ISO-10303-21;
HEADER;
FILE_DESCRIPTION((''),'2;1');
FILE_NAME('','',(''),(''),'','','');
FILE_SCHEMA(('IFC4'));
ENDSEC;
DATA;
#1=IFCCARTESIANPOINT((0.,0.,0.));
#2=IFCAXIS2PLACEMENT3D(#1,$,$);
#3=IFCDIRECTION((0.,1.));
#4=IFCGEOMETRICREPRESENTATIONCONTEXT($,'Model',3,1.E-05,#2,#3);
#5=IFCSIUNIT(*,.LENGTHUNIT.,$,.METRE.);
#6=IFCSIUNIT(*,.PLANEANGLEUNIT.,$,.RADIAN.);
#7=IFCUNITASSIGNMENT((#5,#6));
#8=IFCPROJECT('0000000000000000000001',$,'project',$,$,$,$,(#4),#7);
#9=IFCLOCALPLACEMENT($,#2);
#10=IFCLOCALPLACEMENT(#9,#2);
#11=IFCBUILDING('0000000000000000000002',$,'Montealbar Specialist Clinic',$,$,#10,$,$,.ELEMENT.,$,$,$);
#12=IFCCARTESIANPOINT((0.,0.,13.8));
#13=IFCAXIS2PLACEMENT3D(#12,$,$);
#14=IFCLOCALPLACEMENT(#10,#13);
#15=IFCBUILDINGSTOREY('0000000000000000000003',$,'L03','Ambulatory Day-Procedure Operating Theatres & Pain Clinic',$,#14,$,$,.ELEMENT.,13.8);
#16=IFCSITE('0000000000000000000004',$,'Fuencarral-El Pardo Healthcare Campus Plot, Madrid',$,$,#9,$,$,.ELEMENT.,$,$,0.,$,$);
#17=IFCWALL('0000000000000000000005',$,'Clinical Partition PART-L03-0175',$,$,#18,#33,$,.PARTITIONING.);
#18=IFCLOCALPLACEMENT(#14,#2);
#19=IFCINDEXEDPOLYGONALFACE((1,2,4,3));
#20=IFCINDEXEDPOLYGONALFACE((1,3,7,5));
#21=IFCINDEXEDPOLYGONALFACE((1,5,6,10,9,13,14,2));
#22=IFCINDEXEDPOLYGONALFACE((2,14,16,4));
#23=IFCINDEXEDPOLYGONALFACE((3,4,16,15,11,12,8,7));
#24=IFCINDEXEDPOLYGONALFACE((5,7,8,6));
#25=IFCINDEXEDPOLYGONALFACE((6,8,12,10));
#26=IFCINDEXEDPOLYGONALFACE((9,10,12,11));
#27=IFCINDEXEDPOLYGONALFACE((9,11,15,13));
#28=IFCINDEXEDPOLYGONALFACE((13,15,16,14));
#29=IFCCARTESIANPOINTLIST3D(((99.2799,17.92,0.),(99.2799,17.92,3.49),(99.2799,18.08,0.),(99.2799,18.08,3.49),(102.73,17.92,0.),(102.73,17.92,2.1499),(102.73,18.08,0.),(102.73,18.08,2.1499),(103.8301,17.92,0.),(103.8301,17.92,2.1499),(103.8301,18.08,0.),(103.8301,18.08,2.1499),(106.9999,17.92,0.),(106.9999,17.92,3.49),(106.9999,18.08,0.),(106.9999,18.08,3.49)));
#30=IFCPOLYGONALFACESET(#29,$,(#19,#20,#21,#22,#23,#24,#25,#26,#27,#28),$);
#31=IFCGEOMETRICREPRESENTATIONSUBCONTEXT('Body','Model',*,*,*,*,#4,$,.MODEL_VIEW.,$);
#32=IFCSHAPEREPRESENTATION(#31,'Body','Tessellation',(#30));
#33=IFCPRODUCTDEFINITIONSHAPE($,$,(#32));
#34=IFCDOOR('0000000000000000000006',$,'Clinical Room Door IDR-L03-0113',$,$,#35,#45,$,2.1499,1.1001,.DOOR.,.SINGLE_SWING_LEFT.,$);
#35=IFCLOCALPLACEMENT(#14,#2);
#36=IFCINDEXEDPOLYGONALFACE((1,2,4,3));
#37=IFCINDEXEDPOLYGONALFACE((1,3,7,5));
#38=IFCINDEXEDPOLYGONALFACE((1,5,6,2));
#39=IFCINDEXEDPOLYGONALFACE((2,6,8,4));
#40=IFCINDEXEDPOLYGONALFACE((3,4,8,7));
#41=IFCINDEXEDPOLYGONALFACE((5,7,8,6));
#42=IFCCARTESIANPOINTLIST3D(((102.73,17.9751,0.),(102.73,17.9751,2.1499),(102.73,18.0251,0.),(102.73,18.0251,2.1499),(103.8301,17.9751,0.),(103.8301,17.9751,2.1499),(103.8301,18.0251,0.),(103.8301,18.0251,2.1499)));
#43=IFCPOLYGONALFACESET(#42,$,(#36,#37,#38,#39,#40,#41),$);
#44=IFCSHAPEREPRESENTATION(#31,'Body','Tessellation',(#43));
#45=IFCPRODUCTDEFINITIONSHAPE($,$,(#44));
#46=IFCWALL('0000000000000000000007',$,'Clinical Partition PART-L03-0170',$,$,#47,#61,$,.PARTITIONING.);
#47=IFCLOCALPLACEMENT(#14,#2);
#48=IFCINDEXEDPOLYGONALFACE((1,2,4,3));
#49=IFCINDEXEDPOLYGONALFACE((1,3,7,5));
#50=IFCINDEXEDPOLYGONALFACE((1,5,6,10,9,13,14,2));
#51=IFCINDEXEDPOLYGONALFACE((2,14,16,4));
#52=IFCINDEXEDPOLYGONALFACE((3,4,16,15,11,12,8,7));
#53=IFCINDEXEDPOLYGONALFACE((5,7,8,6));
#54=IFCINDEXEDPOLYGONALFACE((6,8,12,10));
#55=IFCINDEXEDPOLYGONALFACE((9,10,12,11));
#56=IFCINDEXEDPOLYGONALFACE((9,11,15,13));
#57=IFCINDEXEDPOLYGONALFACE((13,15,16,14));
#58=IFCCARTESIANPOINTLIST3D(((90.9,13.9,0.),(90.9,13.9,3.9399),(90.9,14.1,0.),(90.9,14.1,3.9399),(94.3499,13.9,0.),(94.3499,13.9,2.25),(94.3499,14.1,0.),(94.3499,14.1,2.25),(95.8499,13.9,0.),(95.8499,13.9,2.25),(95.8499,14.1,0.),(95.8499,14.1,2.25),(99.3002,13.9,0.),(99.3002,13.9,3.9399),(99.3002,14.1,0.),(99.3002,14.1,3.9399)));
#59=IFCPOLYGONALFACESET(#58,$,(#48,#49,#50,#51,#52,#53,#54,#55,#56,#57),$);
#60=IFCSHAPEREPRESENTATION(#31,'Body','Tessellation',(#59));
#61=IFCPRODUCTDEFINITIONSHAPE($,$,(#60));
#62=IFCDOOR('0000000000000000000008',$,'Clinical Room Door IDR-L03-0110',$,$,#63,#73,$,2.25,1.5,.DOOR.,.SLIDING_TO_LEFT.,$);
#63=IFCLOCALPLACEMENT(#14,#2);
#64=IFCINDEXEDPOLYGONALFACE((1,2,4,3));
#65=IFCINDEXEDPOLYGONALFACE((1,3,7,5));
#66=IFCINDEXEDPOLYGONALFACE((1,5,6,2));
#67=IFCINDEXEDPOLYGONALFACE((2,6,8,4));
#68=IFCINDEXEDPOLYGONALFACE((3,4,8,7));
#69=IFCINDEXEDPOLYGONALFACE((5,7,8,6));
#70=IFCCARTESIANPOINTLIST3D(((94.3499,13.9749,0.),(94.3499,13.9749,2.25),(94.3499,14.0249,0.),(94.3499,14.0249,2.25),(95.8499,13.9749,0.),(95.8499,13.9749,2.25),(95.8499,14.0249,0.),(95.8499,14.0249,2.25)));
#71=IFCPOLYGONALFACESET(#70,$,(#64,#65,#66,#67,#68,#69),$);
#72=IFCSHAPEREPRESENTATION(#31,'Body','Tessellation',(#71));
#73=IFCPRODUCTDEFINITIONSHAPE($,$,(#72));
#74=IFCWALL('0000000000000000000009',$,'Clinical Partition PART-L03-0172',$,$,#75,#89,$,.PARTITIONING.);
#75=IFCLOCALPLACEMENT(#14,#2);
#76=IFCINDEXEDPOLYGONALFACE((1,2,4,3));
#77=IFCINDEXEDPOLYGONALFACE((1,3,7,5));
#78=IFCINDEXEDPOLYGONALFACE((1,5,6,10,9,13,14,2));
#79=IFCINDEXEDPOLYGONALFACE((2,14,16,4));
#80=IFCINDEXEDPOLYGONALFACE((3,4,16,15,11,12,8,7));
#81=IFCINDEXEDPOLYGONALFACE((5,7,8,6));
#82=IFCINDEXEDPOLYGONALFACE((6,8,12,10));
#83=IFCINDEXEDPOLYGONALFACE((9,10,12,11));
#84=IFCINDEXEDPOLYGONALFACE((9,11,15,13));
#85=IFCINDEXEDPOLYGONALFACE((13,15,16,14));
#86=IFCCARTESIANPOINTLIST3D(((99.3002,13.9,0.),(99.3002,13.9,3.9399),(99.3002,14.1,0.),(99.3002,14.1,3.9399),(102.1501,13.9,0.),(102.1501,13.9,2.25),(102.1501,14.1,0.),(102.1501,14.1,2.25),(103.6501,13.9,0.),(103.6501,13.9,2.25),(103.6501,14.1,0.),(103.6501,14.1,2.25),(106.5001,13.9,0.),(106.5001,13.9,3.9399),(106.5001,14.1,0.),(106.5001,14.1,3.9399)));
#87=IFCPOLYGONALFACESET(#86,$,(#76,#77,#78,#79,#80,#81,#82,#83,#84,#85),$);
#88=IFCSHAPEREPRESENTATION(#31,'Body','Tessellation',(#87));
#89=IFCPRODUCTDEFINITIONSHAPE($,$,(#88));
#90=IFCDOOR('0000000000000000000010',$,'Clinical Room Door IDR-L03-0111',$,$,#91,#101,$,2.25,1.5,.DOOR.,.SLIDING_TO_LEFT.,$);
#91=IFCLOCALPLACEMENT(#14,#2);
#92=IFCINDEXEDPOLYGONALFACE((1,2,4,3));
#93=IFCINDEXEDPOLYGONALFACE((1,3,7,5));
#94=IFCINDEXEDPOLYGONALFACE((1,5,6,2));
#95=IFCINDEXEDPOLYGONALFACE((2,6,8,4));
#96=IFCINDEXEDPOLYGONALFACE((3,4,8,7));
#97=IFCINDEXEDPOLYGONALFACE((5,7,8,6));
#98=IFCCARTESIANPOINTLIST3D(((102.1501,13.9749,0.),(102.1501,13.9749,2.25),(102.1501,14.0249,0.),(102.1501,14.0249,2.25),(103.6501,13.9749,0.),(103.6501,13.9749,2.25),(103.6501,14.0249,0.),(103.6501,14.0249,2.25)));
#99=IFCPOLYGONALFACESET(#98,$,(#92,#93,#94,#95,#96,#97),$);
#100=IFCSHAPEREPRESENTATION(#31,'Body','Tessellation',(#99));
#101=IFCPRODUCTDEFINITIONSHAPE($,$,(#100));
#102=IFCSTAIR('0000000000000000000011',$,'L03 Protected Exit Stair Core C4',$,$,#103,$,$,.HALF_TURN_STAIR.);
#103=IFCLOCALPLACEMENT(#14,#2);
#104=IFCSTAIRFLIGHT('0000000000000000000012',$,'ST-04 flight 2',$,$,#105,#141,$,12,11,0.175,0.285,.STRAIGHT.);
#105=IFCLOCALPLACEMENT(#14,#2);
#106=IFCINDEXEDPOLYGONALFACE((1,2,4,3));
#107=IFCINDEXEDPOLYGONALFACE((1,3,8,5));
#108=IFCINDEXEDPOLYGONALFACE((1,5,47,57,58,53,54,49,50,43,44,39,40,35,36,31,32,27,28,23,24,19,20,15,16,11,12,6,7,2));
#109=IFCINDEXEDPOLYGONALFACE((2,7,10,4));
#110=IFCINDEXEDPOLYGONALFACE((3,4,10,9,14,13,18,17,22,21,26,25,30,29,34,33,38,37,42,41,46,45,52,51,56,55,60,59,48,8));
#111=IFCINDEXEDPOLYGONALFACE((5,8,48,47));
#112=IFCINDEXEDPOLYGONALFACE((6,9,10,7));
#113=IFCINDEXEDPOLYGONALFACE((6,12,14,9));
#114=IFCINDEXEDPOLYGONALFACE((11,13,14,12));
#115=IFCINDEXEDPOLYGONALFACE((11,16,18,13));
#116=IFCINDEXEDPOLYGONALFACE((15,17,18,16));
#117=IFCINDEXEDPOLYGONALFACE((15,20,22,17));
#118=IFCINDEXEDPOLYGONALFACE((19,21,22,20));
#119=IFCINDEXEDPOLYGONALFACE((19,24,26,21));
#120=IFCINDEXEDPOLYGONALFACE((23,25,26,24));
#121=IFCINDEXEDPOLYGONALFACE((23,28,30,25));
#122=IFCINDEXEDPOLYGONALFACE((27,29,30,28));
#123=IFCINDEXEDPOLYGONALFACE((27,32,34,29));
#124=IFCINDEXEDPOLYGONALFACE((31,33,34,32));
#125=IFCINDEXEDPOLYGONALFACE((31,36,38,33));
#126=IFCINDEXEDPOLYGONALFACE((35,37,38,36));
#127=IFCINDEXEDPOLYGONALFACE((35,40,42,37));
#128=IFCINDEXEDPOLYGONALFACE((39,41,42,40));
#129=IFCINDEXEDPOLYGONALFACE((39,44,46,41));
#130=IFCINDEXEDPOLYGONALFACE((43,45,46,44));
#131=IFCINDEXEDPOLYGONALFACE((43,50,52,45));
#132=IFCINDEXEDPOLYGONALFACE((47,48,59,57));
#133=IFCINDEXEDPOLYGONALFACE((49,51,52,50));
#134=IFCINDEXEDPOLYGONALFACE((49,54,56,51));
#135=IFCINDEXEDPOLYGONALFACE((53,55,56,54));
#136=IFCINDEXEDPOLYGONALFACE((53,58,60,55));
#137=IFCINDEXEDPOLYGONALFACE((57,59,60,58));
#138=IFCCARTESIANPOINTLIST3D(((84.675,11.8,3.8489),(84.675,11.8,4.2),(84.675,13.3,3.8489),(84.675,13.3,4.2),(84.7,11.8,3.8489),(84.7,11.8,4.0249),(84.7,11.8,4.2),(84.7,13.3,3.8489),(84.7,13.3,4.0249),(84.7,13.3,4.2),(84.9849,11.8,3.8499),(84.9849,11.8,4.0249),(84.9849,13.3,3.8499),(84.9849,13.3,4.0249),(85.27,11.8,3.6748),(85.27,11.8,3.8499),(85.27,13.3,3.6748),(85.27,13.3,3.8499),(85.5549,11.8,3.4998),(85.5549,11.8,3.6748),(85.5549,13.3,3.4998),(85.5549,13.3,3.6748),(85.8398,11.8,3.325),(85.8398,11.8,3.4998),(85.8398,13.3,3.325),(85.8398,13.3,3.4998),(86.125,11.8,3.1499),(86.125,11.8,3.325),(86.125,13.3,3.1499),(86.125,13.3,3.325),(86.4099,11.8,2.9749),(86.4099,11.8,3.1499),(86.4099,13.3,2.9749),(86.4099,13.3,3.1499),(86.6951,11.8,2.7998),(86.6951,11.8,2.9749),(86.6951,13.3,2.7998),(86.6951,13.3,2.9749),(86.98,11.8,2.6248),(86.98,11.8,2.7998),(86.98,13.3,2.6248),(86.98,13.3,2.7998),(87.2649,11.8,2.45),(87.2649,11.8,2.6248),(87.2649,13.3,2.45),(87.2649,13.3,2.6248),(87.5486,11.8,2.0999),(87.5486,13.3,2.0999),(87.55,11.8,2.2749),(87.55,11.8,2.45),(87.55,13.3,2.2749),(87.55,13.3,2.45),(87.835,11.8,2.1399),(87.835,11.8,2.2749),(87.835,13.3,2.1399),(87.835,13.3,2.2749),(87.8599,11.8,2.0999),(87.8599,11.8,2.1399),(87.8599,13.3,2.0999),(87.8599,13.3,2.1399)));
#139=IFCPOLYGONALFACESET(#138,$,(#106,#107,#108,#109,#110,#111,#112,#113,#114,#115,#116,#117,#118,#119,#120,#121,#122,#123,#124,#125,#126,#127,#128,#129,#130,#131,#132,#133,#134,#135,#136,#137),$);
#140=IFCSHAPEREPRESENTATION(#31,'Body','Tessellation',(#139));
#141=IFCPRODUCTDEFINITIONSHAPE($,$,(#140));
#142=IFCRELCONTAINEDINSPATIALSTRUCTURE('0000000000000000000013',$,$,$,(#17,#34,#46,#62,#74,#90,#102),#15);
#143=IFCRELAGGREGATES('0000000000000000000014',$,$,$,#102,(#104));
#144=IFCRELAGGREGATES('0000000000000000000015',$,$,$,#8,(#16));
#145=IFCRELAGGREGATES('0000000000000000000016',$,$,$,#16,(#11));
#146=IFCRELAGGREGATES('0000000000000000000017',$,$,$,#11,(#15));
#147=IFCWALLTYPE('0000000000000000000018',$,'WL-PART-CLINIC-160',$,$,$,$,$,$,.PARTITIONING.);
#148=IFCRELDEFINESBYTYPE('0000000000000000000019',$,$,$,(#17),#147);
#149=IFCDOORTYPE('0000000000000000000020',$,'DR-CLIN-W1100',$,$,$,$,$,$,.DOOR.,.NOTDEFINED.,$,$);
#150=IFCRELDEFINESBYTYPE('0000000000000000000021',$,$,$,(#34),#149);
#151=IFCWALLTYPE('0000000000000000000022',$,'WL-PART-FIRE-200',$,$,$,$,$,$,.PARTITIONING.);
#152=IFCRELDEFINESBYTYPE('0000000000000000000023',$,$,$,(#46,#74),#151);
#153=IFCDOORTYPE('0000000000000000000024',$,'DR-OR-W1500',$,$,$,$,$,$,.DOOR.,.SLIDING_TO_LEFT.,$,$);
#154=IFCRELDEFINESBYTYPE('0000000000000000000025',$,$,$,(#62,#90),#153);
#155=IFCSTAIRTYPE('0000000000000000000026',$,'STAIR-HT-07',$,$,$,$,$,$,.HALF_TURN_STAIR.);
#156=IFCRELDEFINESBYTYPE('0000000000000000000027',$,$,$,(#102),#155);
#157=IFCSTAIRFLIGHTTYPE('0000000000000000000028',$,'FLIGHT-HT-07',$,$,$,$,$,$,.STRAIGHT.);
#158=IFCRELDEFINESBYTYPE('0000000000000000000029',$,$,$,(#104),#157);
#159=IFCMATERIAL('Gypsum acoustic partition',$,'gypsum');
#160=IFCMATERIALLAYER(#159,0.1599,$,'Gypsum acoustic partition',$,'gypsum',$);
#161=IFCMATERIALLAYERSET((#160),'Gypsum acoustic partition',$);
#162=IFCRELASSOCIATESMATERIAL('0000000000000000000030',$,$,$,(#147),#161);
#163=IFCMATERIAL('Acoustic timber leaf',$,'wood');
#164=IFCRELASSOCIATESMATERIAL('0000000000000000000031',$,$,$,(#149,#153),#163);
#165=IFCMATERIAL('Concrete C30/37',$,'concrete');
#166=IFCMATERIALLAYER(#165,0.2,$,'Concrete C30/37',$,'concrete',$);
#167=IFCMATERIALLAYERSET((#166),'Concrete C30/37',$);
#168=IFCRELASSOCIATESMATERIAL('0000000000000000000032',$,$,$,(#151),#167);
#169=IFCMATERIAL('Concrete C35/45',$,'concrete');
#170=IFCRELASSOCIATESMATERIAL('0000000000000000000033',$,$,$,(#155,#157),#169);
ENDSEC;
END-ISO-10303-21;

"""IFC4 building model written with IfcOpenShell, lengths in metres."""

from ifc_helpers import new_model, si_unit, direction, frame, frame_2d, origin, place, context, subcontext, project, spatial, polyline, rectangle, outline, extrude, material, layer, layer_set, type_object, element, fill, aggregate, save


model = new_model("IFC4")

# Units and contexts
model_context = context("Model", 3, precision=1e-05, world=origin(), true_north=direction((0.0, 1.0)))
body_context = subcontext(model_context, "Body", "Model", "MODEL_VIEW")
ifc_project = project(units=[si_unit("LENGTHUNIT", "METRE"), si_unit("PLANEANGLEUNIT", "RADIAN")], contexts=[model_context])

# Site, building, storey
site_placement = place(None, origin())
site = spatial("IfcSite", under=ifc_project, at=site_placement, Name="Fuencarral-El Pardo Healthcare Campus Plot, Madrid", CompositionType="ELEMENT", RefElevation=0.0)
building_placement = place(site_placement, origin())
building = spatial("IfcBuilding", under=site, at=building_placement, Name="Montealbar Specialist Clinic", CompositionType="ELEMENT")
storey_placement = place(building_placement, frame((0.0, 0.0, 13.8)))
storey = spatial("IfcBuildingStorey", under=building, at=storey_placement, Name="L03", Description="Ambulatory Day-Procedure Operating Theatres & Pain Clinic", CompositionType="ELEMENT", Elevation=13.8)

# Shared definitions
ifc_material_1 = material(Name="Concrete C35/45", Category="concrete")

# Walls, openings, doors
ifc_material_2 = material(Name="Gypsum acoustic partition", Category="gypsum")
ifc_layer_1 = layer(ifc_material_2, 0.1599, Name="Gypsum acoustic partition", Category="gypsum")
ifc_layer_set_1 = layer_set([ifc_layer_1], Name="Gypsum acoustic partition")
wall_type_1 = type_object("IfcWallType", Name="WL-PART-CLINIC-160", PredefinedType="PARTITIONING", material=ifc_layer_set_1)
wall_1_placement = place(storey_placement, frame((99.28, 18.0, 0.0), z_axis=(0.0, 0.0, 1.0), x_axis=(1.0, 0.0, 0.0)))
wall_1 = element("IfcWall", 1, at=wall_1_placement, inside=storey, type_object=wall_type_1, Name="Clinical Partition PART-L03-0175", PredefinedType="PARTITIONING", context=body_context, shape_type="SweptSolid", body=[
    extrude(rectangle(XDim=7.72, YDim=0.1599, at=frame_2d((3.8599, 0.0))), origin(), (0.0, 0.0, 1.0), 3.49),
])
opening_1_placement = place(wall_1_placement, frame((3.45, 0.0, 0.0)))
opening_1 = element("IfcOpeningElement", 2, at=opening_1_placement, cuts=wall_1, PredefinedType="OPENING", context=body_context, shape_type="SweptSolid", body=[
    extrude(rectangle(XDim=1.1001, YDim=2.1499, at=frame_2d((0.55, 1.075))), frame((0.0, 0.0898, 0.0), z_axis=(0.0, -1.0, 0.0), x_axis=(1.0, 0.0, 0.0)), (0.0, 0.0, 1.0), 0.1799),
])
ifc_material_3 = material(Name="Acoustic timber leaf", Category="wood")
door_type_1 = type_object("IfcDoorType", Name="DR-CLIN-W1100", OperationType="NOTDEFINED", PredefinedType="DOOR", material=ifc_material_3)
door_1_placement = place(opening_1_placement, frame((1.1001, 0.0, 0.0), z_axis=(0.0, 0.0, 1.0), x_axis=(-1.0, 0.0, 0.0)))
door_1 = element("IfcDoor", 3, at=door_1_placement, inside=storey, type_object=door_type_1, Name="Clinical Room Door IDR-L03-0113", OperationType="SINGLE_SWING_LEFT", OverallHeight=2.1499, OverallWidth=1.1001, PredefinedType="DOOR", context=body_context, shape_type="SweptSolid", body=[
    extrude(rectangle(XDim=1.1001, YDim=2.1499, at=frame_2d((0.55, 1.075))), frame((0.0, 0.0249, 0.0), z_axis=(0.0, -1.0, 0.0), x_axis=(1.0, 0.0, 0.0)), (0.0, 0.0, 1.0), 0.05),
])
fill(opening_1, door_1)
ifc_material_4 = material(Name="Concrete C30/37", Category="concrete")
ifc_layer_2 = layer(ifc_material_4, 0.2, Name="Concrete C30/37", Category="concrete")
ifc_layer_set_2 = layer_set([ifc_layer_2], Name="Concrete C30/37")
wall_type_2 = type_object("IfcWallType", Name="WL-PART-FIRE-200", PredefinedType="PARTITIONING", material=ifc_layer_set_2)
wall_2_placement = place(storey_placement, frame((90.8999, 14.0, 0.0), z_axis=(0.0, 0.0, 1.0), x_axis=(1.0, 0.0, 0.0)))
wall_2 = element("IfcWall", 4, at=wall_2_placement, inside=storey, type_object=wall_type_2, Name="Clinical Partition PART-L03-0170", PredefinedType="PARTITIONING", context=body_context, shape_type="SweptSolid", body=[
    extrude(rectangle(XDim=8.4001, YDim=0.2, at=frame_2d((4.2002, 0.0))), origin(), (0.0, 0.0, 1.0), 3.9399),
])
opening_2_placement = place(wall_2_placement, frame((3.45, 0.0, 0.0)))
opening_2 = element("IfcOpeningElement", 5, at=opening_2_placement, cuts=wall_2, PredefinedType="OPENING", context=body_context, shape_type="SweptSolid", body=[
    extrude(rectangle(XDim=1.5, YDim=2.25, at=frame_2d((0.75, 1.125))), frame((0.0, 0.1099, 0.0), z_axis=(0.0, -1.0, 0.0), x_axis=(1.0, 0.0, 0.0)), (0.0, 0.0, 1.0), 0.22),
])
door_type_2 = type_object("IfcDoorType", Name="DR-OR-W1500", OperationType="SLIDING_TO_LEFT", PredefinedType="DOOR", material=ifc_material_3)
door_2_placement = place(opening_2_placement, origin())
door_2 = element("IfcDoor", 6, at=door_2_placement, inside=storey, type_object=door_type_2, Name="Clinical Room Door IDR-L03-0110", OperationType="SLIDING_TO_LEFT", OverallHeight=2.25, OverallWidth=1.5, PredefinedType="DOOR", context=body_context, shape_type="SweptSolid", body=[
    extrude(rectangle(XDim=1.5, YDim=2.25, at=frame_2d((0.75, 1.125))), frame((0.0, 0.0249, 0.0), z_axis=(0.0, -1.0, 0.0), x_axis=(1.0, 0.0, 0.0)), (0.0, 0.0, 1.0), 0.05),
])
fill(opening_2, door_2)
wall_3_placement = place(storey_placement, frame((99.3, 14.0, 0.0), z_axis=(0.0, 0.0, 1.0), x_axis=(1.0, 0.0, 0.0)))
wall_3 = element("IfcWall", 7, at=wall_3_placement, inside=storey, type_object=wall_type_2, Name="Clinical Partition PART-L03-0172", PredefinedType="PARTITIONING", context=body_context, shape_type="SweptSolid", body=[
    extrude(rectangle(XDim=7.2, YDim=0.2, at=frame_2d((3.6001, 0.0))), origin(), (0.0, 0.0, 1.0), 3.9399),
])
opening_3_placement = place(wall_3_placement, frame((2.8501, 0.0, 0.0)))
opening_3 = element("IfcOpeningElement", 8, at=opening_3_placement, cuts=wall_3, PredefinedType="OPENING", context=body_context, shape_type="SweptSolid", body=[
    extrude(rectangle(XDim=1.5, YDim=2.25, at=frame_2d((0.75, 1.125))), frame((0.0, 0.1099, 0.0), z_axis=(0.0, -1.0, 0.0), x_axis=(1.0, 0.0, 0.0)), (0.0, 0.0, 1.0), 0.22),
])
door_3_placement = place(opening_3_placement, origin())
door_3 = element("IfcDoor", 9, at=door_3_placement, inside=storey, type_object=door_type_2, Name="Clinical Room Door IDR-L03-0111", OperationType="SLIDING_TO_LEFT", OverallHeight=2.25, OverallWidth=1.5, PredefinedType="DOOR", context=body_context, shape_type="SweptSolid", body=[
    extrude(rectangle(XDim=1.5, YDim=2.25, at=frame_2d((0.75, 1.125))), frame((0.0, 0.0249, 0.0), z_axis=(0.0, -1.0, 0.0), x_axis=(1.0, 0.0, 0.0)), (0.0, 0.0, 1.0), 0.05),
])
fill(opening_3, door_3)

# Stair, stair flight
stair_type = type_object("IfcStairType", Name="STAIR-HT-07", PredefinedType="HALF_TURN_STAIR", material=ifc_material_1)
stair_placement = place(storey_placement, origin())
stair = element("IfcStair", 10, at=stair_placement, inside=storey, type_object=stair_type, Name="L03 Protected Exit Stair Core C4", PredefinedType="HALF_TURN_STAIR")
stair_flight_type = type_object("IfcStairFlightType", Name="FLIGHT-HT-07", PredefinedType="STRAIGHT", material=ifc_material_1)
stair_flight_placement = place(storey_placement, frame((87.835, 12.55, 2.0999), z_axis=(0.0, 0.0, 1.0), x_axis=(-1.0, 0.0, 0.0)))
stair_flight = element("IfcStairFlight", 11, at=stair_flight_placement, type_object=stair_flight_type, Name="ST-04 flight 2", NumberOfRisers=12, NumberOfTreads=11, PredefinedType="STRAIGHT", RiserHeight=0.175, TreadLength=0.285, context=body_context, shape_type="SweptSolid", body=[
    extrude(outline(polyline([(-0.0249, 0.0), (-0.0249, 0.04), (0.0, 0.04), (0.0, 0.175), (0.2849, 0.175), (0.2849, 0.3501), (0.5701, 0.3501), (0.5701, 0.5249), (0.855, 0.5249), (0.855, 0.7), (1.1399, 0.7), (1.1399, 0.875), (1.425, 0.875), (1.425, 1.05), (1.71, 1.05), (1.71, 1.2251), (1.9951, 1.2251), (1.9951, 1.3999), (2.28, 1.3999), (2.28, 1.575), (2.5649, 1.575), (2.5649, 1.75), (2.8501, 1.75), (2.8501, 1.925), (3.135, 1.925), (3.135, 2.1001), (3.1599, 2.1001), (3.1599, 1.749), (3.135, 1.749), (0.2864, 0.0), (-0.0249, 0.0)])), frame((0.0, 0.75, 0.0), z_axis=(0.0, -1.0, 0.0), x_axis=(1.0, 0.0, 0.0)), (0.0, 0.0, 1.0), 1.5),
])
aggregate(stair, [stair_flight])

save(model, "model.ifc")
